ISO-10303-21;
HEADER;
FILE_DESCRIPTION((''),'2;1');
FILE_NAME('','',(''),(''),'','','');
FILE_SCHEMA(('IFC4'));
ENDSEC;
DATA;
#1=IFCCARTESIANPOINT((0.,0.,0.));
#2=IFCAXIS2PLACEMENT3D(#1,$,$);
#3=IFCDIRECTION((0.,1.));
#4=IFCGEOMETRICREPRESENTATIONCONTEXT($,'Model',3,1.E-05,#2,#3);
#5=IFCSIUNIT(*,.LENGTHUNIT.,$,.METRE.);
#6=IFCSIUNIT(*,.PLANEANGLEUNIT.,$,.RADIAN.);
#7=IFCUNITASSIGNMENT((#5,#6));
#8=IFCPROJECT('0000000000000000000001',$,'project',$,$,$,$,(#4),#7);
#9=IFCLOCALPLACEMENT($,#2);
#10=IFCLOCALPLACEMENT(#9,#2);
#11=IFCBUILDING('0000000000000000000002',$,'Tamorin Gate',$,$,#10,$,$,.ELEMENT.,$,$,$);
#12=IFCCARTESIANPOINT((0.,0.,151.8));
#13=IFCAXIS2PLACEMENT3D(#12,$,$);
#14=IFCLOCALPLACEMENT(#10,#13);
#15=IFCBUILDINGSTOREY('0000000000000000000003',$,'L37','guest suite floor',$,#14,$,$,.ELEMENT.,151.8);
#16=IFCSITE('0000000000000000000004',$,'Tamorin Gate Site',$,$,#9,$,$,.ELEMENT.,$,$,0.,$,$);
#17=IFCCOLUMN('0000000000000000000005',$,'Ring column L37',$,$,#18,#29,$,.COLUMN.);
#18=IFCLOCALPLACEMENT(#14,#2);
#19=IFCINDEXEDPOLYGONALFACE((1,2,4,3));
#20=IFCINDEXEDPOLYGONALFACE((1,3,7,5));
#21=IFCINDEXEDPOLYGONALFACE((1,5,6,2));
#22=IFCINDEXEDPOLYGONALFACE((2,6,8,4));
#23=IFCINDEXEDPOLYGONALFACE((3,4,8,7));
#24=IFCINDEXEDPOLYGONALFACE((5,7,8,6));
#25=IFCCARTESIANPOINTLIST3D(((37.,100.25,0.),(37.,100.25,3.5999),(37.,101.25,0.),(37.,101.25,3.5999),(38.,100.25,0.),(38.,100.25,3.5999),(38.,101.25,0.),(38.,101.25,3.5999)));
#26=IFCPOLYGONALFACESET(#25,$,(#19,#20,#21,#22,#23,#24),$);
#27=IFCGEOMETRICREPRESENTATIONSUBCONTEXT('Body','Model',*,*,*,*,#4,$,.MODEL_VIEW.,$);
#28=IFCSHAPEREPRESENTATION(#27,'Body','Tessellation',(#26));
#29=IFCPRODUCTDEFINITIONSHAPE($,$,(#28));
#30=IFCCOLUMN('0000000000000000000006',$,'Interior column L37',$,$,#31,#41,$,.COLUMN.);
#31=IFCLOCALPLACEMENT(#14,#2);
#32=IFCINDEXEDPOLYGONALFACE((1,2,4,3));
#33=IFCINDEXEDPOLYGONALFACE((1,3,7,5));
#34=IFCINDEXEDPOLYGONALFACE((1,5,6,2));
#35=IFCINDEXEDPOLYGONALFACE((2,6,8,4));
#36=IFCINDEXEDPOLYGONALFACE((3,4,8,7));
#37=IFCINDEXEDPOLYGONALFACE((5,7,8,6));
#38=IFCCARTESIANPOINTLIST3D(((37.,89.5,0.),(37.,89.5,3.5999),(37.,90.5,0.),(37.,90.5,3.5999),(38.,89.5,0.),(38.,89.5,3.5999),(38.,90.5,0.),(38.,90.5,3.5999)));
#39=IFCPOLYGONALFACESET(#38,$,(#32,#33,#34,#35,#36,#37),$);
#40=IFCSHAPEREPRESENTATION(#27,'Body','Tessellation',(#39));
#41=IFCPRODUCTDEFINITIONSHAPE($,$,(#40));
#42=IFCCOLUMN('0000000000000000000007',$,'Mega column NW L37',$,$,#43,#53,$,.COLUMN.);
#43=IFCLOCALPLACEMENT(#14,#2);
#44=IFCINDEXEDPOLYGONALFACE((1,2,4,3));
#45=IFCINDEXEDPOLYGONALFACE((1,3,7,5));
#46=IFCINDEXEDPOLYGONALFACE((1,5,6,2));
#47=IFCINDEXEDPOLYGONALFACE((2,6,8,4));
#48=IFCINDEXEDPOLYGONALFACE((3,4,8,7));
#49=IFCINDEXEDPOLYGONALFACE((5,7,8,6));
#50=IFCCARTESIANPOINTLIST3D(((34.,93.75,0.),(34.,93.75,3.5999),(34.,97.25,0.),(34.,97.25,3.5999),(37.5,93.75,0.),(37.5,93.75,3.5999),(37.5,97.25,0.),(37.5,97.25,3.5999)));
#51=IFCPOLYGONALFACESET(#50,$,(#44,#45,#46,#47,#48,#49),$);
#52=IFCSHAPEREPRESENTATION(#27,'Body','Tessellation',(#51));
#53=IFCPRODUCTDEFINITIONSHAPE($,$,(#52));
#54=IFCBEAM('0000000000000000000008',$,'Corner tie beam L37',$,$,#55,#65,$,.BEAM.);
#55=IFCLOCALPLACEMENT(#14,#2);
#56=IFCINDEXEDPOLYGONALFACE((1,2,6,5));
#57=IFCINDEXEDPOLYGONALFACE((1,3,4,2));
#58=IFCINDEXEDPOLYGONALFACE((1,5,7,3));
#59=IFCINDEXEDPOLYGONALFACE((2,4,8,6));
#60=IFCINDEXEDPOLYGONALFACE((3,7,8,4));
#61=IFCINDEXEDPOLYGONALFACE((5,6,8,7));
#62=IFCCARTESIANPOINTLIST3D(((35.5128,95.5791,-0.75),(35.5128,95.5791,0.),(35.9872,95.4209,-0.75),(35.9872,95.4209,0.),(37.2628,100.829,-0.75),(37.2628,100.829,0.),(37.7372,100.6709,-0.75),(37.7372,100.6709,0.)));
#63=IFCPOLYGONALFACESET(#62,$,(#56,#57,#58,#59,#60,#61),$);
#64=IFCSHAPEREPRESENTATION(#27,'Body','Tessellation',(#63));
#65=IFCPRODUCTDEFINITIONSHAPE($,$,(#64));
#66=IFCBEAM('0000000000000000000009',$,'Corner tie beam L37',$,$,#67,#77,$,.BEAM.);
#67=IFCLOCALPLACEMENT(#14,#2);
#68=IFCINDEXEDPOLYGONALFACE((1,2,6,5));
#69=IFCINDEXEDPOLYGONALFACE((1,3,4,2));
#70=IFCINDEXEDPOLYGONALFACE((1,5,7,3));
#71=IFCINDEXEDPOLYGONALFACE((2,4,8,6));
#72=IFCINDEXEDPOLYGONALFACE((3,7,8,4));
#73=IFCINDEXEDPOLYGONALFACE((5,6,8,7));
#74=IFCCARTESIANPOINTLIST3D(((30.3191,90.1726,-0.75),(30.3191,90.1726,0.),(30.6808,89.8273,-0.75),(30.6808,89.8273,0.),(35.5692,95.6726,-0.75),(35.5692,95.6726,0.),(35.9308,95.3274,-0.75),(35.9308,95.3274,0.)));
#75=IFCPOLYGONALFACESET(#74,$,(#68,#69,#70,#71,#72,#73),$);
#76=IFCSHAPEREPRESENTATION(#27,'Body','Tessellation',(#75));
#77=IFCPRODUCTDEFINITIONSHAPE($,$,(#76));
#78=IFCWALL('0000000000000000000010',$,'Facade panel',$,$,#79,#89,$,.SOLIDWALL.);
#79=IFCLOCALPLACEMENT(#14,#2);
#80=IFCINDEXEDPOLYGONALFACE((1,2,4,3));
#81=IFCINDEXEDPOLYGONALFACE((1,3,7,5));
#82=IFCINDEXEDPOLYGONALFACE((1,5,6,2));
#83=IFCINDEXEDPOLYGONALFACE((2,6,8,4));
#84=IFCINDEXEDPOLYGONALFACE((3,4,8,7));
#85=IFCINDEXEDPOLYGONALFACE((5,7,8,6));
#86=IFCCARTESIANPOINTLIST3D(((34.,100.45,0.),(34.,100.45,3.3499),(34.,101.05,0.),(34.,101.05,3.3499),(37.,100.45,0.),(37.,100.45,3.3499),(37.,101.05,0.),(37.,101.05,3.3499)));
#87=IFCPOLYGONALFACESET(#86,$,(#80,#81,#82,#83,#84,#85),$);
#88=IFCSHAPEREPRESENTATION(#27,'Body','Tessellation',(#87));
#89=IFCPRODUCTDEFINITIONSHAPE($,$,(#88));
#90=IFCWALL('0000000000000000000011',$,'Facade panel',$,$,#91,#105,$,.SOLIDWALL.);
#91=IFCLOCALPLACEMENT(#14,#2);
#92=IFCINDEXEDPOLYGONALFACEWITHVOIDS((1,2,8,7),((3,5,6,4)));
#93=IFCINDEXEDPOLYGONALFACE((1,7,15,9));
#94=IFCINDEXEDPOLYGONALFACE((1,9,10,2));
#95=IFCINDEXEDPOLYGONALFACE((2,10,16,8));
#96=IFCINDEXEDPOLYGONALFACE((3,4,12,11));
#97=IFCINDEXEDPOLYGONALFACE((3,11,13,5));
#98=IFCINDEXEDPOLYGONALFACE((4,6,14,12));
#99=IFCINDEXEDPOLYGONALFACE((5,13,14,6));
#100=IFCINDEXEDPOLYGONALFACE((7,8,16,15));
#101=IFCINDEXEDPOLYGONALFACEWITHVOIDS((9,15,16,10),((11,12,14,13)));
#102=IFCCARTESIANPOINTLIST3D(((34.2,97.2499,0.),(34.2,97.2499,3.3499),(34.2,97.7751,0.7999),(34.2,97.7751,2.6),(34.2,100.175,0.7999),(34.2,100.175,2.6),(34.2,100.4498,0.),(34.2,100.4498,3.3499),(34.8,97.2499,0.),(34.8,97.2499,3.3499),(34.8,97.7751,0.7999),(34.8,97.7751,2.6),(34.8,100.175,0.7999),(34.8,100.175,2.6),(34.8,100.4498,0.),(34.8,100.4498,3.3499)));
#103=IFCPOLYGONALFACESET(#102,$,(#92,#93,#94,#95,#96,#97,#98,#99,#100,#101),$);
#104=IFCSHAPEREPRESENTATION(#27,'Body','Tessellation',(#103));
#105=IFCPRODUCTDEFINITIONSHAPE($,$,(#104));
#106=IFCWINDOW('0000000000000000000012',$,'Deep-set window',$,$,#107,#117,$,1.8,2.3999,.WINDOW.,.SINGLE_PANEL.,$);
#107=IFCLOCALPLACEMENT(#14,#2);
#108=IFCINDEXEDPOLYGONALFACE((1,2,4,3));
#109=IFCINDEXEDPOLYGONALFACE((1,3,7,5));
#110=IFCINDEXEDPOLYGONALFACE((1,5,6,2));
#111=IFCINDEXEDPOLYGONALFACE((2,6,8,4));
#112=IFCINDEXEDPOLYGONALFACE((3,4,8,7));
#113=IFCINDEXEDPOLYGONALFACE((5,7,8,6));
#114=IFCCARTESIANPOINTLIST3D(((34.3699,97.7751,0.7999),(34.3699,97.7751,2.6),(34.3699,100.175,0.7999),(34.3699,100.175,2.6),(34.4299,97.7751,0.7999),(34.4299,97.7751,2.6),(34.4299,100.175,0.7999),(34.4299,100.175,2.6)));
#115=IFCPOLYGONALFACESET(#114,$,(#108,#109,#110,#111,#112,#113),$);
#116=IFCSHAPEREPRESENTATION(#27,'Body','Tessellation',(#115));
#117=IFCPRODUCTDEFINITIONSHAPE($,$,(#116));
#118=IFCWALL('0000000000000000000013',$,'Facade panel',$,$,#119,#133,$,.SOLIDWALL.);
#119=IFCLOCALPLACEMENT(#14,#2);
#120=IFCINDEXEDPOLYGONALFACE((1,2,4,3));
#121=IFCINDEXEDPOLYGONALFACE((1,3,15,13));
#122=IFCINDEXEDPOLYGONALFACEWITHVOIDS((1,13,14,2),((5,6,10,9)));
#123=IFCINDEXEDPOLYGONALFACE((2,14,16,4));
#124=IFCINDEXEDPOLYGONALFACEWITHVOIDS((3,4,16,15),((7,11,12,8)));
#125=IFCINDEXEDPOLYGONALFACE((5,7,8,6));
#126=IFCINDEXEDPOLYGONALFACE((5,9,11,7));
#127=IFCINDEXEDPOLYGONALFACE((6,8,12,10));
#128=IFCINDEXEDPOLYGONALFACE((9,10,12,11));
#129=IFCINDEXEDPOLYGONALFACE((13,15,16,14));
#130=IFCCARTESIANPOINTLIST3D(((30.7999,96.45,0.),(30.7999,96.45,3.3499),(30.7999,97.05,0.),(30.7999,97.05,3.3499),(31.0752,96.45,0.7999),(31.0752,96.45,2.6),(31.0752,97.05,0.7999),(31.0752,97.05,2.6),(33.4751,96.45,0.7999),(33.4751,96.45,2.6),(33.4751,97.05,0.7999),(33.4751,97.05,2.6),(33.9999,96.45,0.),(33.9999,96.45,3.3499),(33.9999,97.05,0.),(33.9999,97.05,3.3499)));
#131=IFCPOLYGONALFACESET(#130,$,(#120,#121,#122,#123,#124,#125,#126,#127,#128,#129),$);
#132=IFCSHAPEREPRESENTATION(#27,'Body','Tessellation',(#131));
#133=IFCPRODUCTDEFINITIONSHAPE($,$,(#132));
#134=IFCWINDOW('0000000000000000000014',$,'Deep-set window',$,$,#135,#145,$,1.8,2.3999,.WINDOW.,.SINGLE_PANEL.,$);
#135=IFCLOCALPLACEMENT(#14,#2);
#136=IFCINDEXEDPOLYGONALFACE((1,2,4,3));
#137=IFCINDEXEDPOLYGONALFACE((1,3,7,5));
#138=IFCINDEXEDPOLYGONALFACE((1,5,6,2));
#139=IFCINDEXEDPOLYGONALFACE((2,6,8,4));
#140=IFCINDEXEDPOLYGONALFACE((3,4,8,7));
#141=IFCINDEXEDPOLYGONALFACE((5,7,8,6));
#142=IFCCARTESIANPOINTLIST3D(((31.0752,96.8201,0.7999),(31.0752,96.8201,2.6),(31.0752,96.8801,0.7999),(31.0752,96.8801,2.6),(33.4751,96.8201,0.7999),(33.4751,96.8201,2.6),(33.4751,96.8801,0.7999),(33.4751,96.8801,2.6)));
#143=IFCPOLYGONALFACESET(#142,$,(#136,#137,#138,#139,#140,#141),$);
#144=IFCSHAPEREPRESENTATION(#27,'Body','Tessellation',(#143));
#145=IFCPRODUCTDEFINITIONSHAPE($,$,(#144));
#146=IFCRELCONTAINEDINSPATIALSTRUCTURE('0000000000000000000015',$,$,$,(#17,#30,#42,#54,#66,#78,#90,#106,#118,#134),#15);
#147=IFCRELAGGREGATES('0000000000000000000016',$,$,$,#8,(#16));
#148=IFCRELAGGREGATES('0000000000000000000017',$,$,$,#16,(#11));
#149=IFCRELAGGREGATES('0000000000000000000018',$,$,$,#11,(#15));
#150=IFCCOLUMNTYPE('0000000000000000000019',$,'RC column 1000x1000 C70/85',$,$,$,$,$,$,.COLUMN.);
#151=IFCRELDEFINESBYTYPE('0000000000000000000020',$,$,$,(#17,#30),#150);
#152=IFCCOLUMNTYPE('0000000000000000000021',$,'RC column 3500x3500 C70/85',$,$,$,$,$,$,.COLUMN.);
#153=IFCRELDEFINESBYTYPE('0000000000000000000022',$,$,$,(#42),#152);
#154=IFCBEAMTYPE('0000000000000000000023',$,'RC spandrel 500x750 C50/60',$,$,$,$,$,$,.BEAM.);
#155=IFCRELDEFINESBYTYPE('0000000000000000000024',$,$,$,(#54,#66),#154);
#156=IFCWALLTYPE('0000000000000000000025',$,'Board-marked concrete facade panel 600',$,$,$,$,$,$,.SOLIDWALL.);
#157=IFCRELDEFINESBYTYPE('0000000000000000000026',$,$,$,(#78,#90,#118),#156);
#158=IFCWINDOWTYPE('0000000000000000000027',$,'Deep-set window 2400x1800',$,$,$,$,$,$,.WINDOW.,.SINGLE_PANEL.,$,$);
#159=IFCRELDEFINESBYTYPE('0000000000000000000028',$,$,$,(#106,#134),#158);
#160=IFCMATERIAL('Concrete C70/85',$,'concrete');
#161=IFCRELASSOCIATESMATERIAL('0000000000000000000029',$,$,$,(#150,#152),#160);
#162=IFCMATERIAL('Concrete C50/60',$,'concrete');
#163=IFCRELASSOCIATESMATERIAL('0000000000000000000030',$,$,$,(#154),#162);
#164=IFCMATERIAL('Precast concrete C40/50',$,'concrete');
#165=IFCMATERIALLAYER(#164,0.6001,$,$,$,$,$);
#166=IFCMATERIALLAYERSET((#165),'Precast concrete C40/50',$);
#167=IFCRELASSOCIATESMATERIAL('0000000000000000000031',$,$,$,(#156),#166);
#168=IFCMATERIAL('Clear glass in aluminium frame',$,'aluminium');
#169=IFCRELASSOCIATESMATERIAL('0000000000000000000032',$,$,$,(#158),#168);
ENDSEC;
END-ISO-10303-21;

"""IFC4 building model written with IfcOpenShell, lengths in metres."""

from ifc_helpers import new_model, si_unit, direction, frame, frame_2d, origin, origin_2d, place, context, subcontext, project, spatial, rectangle, extrude, material, layer, layer_set, material_profile, profile_set, type_object, element, fill, save


model = new_model("IFC4")

# Units and contexts
model_context = context("Model", 3, precision=1e-05, world=origin(), true_north=direction((0.0, 1.0)))
body_context = subcontext(model_context, "Body", "Model", "MODEL_VIEW")
ifc_project = project(units=[si_unit("LENGTHUNIT", "METRE"), si_unit("PLANEANGLEUNIT", "RADIAN")], contexts=[model_context])

# Site, building, storey
site_placement = place(None, origin())
site = spatial("IfcSite", under=ifc_project, at=site_placement, Name="Tamorin Gate Site", CompositionType="ELEMENT", RefElevation=0.0)
building_placement = place(site_placement, origin())
building = spatial("IfcBuilding", under=site, at=building_placement, Name="Tamorin Gate", CompositionType="ELEMENT")
storey_placement = place(building_placement, frame((0.0, 0.0, 151.8)))
storey = spatial("IfcBuildingStorey", under=building, at=storey_placement, Name="L37", Description="guest suite floor", CompositionType="ELEMENT", Elevation=151.8)

# Columns
ifc_material_1 = material(Name="Concrete C70/85", Category="concrete")
ifc_material_profile_1 = material_profile(ifc_material_1, rectangle(XDim=1.0, YDim=1.0, at=origin_2d()), Name="RC 1000x1000")
ifc_profile_set_1 = profile_set([ifc_material_profile_1], Name="Concrete C70/85")
column_type_1 = type_object("IfcColumnType", Name="RC column 1000x1000 C70/85", PredefinedType="COLUMN", material=ifc_profile_set_1)
for number, where, z_axis, x_axis, name in (
    (1, (37.5, 100.75, 0.0), (0.0, 0.0, 1.0), (1.0, 0.0, 0.0), "Ring column L37"),
    (2, (37.5, 90.0, 0.0), (0.0, 0.0, 1.0), (1.0, 0.0, 0.0), "Interior column L37"),
):
    element("IfcColumn", number, at=place(storey_placement, frame(where, z_axis=z_axis, x_axis=x_axis)), inside=storey, type_object=column_type_1, Name=name, PredefinedType="COLUMN", context=body_context, shape_type="SweptSolid", body=[
        extrude(rectangle(XDim=1.0, YDim=1.0, at=origin_2d()), origin(), (0.0, 0.0, 1.0), 3.5999),
    ])
ifc_material_profile_2 = material_profile(ifc_material_1, rectangle(XDim=3.5, YDim=3.5, at=origin_2d()), Name="RC 3500x3500")
ifc_profile_set_2 = profile_set([ifc_material_profile_2], Name="Concrete C70/85")
column_type_2 = type_object("IfcColumnType", Name="RC column 3500x3500 C70/85", PredefinedType="COLUMN", material=ifc_profile_set_2)
column_placement = place(storey_placement, frame((35.75, 95.5, 0.0), z_axis=(0.0, 0.0, 1.0), x_axis=(1.0, 0.0, 0.0)))
element("IfcColumn", 3, at=column_placement, inside=storey, type_object=column_type_2, Name="Mega column NW L37", PredefinedType="COLUMN", context=body_context, shape_type="SweptSolid", body=[
    extrude(rectangle(XDim=3.5, YDim=3.5, at=origin_2d()), origin(), (0.0, 0.0, 1.0), 3.5999),
])

# Beams
ifc_material_2 = material(Name="Concrete C50/60", Category="concrete")
ifc_material_profile_3 = material_profile(ifc_material_2, rectangle(XDim=0.5, YDim=0.75, at=origin_2d()), Name="RC 500x750")
ifc_profile_set_3 = profile_set([ifc_material_profile_3], Name="Concrete C50/60")
beam_type = type_object("IfcBeamType", Name="RC spandrel 500x750 C50/60", PredefinedType="BEAM", material=ifc_profile_set_3)
beam_1_placement = place(storey_placement, frame((35.75, 95.5, -0.375), z_axis=(0.316228, 0.948683, 0.0), x_axis=(-0.948683, 0.316228, 0.0)))
element("IfcBeam", 4, at=beam_1_placement, inside=storey, type_object=beam_type, Name="Corner tie beam L37", PredefinedType="BEAM", context=body_context, shape_type="SweptSolid", body=[
    extrude(rectangle(XDim=0.5, YDim=0.75, at=origin_2d()), origin(), (0.0, 0.0, 1.0), 5.5339),
])
beam_2_placement = place(storey_placement, frame((35.75, 95.5, -0.375), z_axis=(-0.690476, -0.723356, 0.0), x_axis=(0.723356, -0.690476, 0.0)))
element("IfcBeam", 5, at=beam_2_placement, inside=storey, type_object=beam_type, Name="Corner tie beam L37", PredefinedType="BEAM", context=body_context, shape_type="SweptSolid", body=[
    extrude(rectangle(XDim=0.5, YDim=0.75, at=origin_2d()), origin(), (0.0, 0.0, 1.0), 7.6035),
])

# Wall
ifc_material_3 = material(Name="Precast concrete C40/50", Category="concrete")
ifc_layer_1 = layer(ifc_material_3, 0.6001)
ifc_layer_set_1 = layer_set([ifc_layer_1], Name="Precast concrete C40/50")
wall_type_1 = type_object("IfcWallType", Name="Board-marked concrete facade panel 600", PredefinedType="SOLIDWALL", material=ifc_layer_set_1)
wall_1_placement = place(storey_placement, frame((37.0, 100.75, 0.0), z_axis=(0.0, 0.0, 1.0), x_axis=(-1.0, 0.0, 0.0)))
element("IfcWall", 6, at=wall_1_placement, inside=storey, type_object=wall_type_1, Name="Facade panel", PredefinedType="SOLIDWALL", context=body_context, shape_type="SweptSolid", body=[
    extrude(rectangle(XDim=3.0, YDim=0.6001, at=frame_2d((1.5, 0.0))), origin(), (0.0, 0.0, 1.0), 3.3499),
])

# Walls, openings, windows
wall_2_placement = place(storey_placement, frame((34.5, 100.45, 0.0), z_axis=(0.0, 0.0, 1.0), x_axis=(0.0, -1.0, 0.0)))
wall_2 = element("IfcWall", 7, at=wall_2_placement, inside=storey, type_object=wall_type_1, Name="Facade panel", PredefinedType="SOLIDWALL", context=body_context, shape_type="SweptSolid", body=[
    extrude(rectangle(XDim=3.2, YDim=0.6001, at=frame_2d((1.6001, 0.0))), origin(), (0.0, 0.0, 1.0), 3.3499),
])
opening_1_placement = place(wall_2_placement, frame((0.2749, 0.0, 0.8)))
opening_1 = element("IfcOpeningElement", 8, at=opening_1_placement, cuts=wall_2, PredefinedType="OPENING", context=body_context, shape_type="SweptSolid", body=[
    extrude(rectangle(XDim=2.3999, YDim=1.8, at=frame_2d((1.2, 0.8999))), frame((0.0, 0.3101, 0.0), z_axis=(0.0, -1.0, 0.0), x_axis=(1.0, 0.0, 0.0)), (0.0, 0.0, 1.0), 0.6201),
])
ifc_material_4 = material(Name="Clear glass in aluminium frame", Category="aluminium")
window_type_1 = type_object("IfcWindowType", Name="Deep-set window 2400x1800", PartitioningType="SINGLE_PANEL", PredefinedType="WINDOW", material=ifc_material_4)
window_1_placement = place(opening_1_placement, origin())
window_1 = element("IfcWindow", 9, at=window_1_placement, inside=storey, type_object=window_type_1, Name="Deep-set window", OverallHeight=1.8, OverallWidth=2.3999, PartitioningType="SINGLE_PANEL", PredefinedType="WINDOW", context=body_context, shape_type="SweptSolid", body=[
    extrude(rectangle(XDim=2.3999, YDim=1.8, at=frame_2d((1.2, 0.8999))), frame((0.0, -0.0701, 0.0), z_axis=(0.0, -1.0, 0.0), x_axis=(1.0, 0.0, 0.0)), (0.0, 0.0, 1.0), 0.0601),
])
fill(opening_1, window_1)
wall_3_placement = place(storey_placement, frame((34.0, 96.75, 0.0), z_axis=(0.0, 0.0, 1.0), x_axis=(-1.0, 0.0, 0.0)))
wall_3 = element("IfcWall", 10, at=wall_3_placement, inside=storey, type_object=wall_type_1, Name="Facade panel", PredefinedType="SOLIDWALL", context=body_context, shape_type="SweptSolid", body=[
    extrude(rectangle(XDim=3.2, YDim=0.6001, at=frame_2d((1.6001, 0.0))), origin(), (0.0, 0.0, 1.0), 3.3499),
])
opening_2_placement = place(wall_3_placement, frame((0.5249, 0.0, 0.8)))
opening_2 = element("IfcOpeningElement", 11, at=opening_2_placement, cuts=wall_3, PredefinedType="OPENING", context=body_context, shape_type="SweptSolid", body=[
    extrude(rectangle(XDim=2.3999, YDim=1.8, at=frame_2d((1.2, 0.8999))), frame((0.0, 0.3101, 0.0), z_axis=(0.0, -1.0, 0.0), x_axis=(1.0, 0.0, 0.0)), (0.0, 0.0, 1.0), 0.6201),
])
window_2_placement = place(opening_2_placement, origin())
window_2 = element("IfcWindow", 12, at=window_2_placement, inside=storey, type_object=window_type_1, Name="Deep-set window", OverallHeight=1.8, OverallWidth=2.3999, PartitioningType="SINGLE_PANEL", PredefinedType="WINDOW", context=body_context, shape_type="SweptSolid", body=[
    extrude(rectangle(XDim=2.3999, YDim=1.8, at=frame_2d((1.2, 0.8999))), frame((0.0, -0.0701, 0.0), z_axis=(0.0, -1.0, 0.0), x_axis=(1.0, 0.0, 0.0)), (0.0, 0.0, 1.0), 0.0601),
])
fill(opening_2, window_2)

save(model, "model.ifc")
